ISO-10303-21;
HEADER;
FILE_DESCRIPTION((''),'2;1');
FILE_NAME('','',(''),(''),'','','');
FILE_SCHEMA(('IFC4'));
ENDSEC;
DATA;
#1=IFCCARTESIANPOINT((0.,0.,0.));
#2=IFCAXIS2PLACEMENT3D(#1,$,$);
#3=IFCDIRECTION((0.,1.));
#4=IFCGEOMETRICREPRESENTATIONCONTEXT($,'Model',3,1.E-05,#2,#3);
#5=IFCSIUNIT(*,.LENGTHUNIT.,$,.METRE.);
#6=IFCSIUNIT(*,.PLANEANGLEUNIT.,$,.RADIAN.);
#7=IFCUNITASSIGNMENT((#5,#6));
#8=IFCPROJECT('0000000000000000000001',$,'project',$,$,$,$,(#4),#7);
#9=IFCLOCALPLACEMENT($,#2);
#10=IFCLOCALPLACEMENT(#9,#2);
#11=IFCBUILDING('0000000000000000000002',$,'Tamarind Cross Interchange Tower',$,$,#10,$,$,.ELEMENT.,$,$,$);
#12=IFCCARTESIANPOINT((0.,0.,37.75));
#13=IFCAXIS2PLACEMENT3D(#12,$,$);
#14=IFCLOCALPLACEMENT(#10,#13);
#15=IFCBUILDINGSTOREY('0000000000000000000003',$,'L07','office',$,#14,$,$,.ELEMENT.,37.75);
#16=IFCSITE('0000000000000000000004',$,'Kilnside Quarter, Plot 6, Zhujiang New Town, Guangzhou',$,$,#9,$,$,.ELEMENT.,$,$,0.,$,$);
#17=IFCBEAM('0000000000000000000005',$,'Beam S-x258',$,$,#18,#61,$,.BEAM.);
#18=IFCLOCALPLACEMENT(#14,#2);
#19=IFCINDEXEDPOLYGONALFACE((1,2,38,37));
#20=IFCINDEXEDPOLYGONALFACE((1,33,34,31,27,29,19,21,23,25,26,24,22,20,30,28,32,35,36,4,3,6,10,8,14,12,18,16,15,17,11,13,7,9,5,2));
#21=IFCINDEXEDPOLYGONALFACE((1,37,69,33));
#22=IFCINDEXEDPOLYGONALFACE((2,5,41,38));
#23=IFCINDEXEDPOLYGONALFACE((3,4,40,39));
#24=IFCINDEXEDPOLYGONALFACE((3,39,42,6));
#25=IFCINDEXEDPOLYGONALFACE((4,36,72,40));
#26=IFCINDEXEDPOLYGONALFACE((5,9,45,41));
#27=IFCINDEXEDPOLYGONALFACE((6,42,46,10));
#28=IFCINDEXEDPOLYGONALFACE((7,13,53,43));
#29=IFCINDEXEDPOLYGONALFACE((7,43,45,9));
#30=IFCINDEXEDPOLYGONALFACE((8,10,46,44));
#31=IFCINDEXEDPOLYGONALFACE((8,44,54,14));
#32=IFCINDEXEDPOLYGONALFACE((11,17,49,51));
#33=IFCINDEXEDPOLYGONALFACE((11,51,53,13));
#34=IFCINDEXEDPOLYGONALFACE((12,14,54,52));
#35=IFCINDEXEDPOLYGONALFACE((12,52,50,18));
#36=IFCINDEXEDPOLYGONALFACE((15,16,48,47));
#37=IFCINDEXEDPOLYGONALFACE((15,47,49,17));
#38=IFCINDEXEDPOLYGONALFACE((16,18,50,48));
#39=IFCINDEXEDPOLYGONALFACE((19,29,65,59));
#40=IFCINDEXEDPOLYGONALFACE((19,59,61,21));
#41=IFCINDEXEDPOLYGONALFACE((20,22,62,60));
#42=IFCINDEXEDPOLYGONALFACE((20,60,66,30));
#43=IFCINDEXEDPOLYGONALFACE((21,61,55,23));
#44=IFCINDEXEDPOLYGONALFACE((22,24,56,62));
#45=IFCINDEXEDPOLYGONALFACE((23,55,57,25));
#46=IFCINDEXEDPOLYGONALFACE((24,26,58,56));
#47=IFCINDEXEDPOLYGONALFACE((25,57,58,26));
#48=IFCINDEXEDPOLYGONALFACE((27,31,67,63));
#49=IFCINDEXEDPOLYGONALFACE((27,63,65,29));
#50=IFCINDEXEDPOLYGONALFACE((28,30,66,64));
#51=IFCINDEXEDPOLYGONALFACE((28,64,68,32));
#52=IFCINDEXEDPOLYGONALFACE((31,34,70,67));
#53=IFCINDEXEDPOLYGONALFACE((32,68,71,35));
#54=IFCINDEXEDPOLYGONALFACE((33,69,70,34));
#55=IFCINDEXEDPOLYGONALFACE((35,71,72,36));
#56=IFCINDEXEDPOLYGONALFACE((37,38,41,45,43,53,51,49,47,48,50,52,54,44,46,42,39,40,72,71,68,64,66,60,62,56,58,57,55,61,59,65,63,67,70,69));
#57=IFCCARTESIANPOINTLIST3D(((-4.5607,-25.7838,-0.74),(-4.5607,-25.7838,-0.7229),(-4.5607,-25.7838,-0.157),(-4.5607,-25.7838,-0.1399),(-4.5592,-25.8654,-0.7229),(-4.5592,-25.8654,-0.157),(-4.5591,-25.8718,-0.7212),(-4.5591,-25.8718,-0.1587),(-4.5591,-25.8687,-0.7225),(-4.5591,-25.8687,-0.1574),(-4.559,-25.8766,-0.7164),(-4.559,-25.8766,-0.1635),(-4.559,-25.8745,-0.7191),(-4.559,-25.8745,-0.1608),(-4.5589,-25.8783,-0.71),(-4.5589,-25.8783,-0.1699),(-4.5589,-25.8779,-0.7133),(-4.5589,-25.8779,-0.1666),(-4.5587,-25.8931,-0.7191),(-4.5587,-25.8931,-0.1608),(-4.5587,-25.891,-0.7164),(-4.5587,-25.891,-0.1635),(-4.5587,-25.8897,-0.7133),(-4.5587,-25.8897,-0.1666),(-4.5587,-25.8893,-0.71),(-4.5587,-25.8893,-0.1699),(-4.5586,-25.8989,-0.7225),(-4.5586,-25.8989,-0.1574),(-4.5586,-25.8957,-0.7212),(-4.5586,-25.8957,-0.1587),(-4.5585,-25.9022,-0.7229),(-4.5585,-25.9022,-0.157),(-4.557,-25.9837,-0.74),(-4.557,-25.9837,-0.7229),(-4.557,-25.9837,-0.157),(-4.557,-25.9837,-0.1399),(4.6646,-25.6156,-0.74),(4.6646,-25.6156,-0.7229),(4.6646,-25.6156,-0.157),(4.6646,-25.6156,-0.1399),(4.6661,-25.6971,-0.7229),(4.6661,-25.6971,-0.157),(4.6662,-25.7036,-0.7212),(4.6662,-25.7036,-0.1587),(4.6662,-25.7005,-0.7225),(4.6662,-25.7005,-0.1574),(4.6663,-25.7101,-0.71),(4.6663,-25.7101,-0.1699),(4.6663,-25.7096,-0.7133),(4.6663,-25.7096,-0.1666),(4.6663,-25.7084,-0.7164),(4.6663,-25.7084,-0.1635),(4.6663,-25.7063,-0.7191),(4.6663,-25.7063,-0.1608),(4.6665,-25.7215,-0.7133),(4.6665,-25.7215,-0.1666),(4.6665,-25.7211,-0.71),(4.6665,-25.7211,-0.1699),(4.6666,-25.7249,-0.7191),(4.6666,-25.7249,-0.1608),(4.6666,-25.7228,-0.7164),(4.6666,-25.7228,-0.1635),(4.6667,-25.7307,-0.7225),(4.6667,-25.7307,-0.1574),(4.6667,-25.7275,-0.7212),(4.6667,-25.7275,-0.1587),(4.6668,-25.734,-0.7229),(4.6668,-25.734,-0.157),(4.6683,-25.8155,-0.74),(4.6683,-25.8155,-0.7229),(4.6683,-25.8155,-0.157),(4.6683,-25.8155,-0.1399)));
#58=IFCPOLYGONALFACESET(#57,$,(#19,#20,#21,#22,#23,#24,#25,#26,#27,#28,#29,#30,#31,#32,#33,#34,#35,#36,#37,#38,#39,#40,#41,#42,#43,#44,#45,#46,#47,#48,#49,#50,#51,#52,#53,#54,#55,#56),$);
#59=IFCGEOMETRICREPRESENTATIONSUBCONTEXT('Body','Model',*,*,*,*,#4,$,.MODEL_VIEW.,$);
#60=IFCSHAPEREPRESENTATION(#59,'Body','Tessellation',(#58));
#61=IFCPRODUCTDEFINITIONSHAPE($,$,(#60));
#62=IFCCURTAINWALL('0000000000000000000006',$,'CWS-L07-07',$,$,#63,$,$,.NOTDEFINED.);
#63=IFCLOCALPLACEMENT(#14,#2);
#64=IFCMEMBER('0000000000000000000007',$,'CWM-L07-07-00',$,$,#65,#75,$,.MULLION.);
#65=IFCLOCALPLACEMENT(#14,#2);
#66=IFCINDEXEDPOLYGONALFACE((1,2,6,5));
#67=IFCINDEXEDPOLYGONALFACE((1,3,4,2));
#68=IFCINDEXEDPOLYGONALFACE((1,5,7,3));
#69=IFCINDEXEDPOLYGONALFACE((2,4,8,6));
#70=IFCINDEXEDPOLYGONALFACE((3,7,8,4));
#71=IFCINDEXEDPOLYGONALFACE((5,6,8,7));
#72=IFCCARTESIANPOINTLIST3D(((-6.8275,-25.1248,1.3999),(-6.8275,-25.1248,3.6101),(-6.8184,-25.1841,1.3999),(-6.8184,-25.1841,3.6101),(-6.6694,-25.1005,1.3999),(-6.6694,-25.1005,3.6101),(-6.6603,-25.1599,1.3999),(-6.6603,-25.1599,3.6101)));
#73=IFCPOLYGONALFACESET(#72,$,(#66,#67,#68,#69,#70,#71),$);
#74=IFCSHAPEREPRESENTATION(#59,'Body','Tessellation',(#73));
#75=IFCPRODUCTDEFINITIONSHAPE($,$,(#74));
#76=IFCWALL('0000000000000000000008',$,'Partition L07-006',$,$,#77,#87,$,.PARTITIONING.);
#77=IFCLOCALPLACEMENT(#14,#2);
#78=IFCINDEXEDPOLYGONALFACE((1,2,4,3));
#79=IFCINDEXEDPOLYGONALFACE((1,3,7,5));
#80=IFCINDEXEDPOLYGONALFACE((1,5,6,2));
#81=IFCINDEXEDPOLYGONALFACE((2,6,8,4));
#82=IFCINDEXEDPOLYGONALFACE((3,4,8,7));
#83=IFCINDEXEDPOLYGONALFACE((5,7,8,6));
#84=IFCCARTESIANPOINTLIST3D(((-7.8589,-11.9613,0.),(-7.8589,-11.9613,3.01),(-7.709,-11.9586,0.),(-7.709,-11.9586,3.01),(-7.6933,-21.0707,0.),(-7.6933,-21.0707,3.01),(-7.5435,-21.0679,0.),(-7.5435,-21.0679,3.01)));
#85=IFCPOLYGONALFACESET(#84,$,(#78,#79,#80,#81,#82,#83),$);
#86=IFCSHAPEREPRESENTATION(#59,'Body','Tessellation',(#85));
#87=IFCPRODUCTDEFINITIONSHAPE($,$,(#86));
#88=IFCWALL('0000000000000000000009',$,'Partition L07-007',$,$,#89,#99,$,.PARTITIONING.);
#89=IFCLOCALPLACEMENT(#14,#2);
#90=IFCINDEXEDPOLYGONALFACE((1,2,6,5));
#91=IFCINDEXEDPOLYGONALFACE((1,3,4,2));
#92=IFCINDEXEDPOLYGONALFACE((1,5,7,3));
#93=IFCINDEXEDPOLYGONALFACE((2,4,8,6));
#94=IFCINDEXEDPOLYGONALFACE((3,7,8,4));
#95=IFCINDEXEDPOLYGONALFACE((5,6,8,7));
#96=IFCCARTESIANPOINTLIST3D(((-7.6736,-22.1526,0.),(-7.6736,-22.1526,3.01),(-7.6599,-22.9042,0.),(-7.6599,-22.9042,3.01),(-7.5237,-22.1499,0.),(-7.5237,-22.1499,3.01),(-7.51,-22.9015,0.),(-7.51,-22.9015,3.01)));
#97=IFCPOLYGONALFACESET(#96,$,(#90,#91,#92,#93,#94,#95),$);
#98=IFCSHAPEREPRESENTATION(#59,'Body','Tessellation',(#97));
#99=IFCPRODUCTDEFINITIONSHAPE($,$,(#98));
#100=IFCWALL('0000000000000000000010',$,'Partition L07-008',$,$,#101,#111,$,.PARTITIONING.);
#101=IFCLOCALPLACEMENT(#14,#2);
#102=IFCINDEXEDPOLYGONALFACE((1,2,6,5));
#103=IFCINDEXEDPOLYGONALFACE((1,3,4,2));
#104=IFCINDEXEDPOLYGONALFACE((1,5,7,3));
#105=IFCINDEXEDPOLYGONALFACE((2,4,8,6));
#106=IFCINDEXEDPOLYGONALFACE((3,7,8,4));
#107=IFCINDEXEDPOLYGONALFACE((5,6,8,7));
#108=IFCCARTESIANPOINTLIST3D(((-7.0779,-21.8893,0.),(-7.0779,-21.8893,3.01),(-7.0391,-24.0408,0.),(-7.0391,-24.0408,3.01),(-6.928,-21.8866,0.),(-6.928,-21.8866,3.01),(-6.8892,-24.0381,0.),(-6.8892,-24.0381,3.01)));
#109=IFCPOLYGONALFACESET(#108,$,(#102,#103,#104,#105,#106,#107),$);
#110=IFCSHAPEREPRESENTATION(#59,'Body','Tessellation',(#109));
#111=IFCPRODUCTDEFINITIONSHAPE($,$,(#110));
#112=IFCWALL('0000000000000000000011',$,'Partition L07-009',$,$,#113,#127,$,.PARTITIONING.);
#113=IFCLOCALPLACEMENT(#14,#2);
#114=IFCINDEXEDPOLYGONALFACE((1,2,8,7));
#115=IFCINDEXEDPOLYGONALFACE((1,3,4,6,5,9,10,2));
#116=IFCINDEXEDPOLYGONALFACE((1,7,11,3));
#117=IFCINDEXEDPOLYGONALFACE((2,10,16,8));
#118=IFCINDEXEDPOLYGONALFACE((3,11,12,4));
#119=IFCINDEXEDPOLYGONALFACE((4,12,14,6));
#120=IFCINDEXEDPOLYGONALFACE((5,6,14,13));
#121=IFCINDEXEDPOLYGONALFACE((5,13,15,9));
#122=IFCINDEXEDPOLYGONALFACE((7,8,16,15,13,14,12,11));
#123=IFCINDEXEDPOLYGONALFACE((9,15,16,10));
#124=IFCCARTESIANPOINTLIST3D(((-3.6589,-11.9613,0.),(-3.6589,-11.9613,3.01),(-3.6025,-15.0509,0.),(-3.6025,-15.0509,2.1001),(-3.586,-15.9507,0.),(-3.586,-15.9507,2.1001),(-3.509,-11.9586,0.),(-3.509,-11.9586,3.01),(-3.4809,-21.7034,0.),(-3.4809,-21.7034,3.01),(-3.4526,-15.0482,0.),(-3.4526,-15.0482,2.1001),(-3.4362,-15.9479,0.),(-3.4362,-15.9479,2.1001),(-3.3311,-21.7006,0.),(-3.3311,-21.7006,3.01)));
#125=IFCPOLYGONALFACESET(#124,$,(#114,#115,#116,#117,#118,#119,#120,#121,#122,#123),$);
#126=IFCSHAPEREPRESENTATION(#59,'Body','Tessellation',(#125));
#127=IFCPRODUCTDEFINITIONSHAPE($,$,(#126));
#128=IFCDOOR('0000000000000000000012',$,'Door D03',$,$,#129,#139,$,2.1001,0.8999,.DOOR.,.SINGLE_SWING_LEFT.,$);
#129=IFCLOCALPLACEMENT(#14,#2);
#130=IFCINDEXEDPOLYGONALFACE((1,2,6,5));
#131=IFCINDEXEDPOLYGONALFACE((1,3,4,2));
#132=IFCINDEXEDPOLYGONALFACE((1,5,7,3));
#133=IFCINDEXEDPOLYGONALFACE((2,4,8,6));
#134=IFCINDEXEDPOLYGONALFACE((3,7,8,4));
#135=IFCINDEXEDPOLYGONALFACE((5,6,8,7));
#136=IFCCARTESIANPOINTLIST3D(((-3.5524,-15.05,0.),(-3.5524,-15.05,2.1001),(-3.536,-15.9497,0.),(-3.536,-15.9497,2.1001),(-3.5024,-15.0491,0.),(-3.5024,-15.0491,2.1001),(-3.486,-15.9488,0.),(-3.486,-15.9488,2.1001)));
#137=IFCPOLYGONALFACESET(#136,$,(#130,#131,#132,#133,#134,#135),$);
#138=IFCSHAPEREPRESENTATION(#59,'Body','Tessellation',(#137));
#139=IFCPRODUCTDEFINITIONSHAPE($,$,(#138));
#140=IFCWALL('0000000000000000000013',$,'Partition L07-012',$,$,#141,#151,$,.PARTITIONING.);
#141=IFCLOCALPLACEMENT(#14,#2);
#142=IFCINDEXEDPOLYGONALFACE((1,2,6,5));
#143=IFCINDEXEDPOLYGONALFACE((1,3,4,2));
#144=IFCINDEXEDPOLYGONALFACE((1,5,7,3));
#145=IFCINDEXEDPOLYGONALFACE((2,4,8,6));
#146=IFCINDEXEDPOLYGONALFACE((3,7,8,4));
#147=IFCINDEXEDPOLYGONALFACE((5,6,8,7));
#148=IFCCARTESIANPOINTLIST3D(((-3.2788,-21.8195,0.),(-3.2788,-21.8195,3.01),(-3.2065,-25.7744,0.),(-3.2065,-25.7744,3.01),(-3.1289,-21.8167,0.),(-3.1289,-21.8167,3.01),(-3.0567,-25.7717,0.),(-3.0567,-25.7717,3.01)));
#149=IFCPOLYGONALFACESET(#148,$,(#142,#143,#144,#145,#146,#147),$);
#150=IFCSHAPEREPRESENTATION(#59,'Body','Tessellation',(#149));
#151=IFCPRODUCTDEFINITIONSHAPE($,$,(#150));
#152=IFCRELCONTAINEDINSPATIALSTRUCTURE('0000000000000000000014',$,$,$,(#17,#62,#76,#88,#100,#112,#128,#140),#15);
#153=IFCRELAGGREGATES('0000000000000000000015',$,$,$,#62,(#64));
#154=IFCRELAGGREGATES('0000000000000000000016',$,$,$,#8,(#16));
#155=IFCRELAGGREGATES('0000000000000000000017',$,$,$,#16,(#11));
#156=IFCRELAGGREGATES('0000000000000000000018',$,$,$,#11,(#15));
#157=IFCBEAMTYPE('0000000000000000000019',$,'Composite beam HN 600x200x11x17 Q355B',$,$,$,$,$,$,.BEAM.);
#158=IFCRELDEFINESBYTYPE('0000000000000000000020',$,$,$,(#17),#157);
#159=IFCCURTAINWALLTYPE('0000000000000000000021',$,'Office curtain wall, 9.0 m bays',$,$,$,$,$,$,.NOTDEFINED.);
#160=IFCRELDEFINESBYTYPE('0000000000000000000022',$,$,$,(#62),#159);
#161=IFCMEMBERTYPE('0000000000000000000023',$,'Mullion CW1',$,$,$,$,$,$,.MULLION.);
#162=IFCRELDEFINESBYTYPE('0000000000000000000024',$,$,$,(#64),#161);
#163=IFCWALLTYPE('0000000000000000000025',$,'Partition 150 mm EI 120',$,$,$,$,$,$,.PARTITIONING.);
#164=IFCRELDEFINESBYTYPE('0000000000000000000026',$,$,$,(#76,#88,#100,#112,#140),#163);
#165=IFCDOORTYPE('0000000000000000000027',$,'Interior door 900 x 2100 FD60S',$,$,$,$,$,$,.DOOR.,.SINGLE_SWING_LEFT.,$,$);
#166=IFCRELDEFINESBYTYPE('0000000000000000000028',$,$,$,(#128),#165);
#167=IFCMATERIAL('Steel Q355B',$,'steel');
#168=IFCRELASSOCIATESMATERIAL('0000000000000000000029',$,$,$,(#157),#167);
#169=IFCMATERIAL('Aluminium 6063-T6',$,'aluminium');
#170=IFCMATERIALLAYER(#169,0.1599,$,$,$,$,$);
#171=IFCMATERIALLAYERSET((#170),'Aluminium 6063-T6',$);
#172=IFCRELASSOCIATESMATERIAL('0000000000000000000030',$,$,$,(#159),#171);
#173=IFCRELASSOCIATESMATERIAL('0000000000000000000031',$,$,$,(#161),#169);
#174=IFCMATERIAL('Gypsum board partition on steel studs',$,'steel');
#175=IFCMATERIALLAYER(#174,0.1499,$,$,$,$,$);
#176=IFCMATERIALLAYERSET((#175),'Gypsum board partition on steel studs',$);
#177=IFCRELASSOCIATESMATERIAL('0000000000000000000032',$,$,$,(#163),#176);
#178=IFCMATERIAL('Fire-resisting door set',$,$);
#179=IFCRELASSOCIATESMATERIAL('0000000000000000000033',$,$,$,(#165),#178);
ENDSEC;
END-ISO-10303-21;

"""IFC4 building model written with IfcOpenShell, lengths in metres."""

from ifc_helpers import new_model, si_unit, direction, frame, frame_2d, origin, origin_2d, place, context, subcontext, project, spatial, rectangle, i_section, extrude, material, layer, layer_set, material_profile, profile_set, type_object, element, fill, aggregate, save


model = new_model("IFC4")

# Units and contexts
model_context = context("Model", 3, precision=1e-05, world=origin(), true_north=direction((0.0, 1.0)))
body_context = subcontext(model_context, "Body", "Model", "MODEL_VIEW")
ifc_project = project(units=[si_unit("LENGTHUNIT", "METRE"), si_unit("PLANEANGLEUNIT", "RADIAN")], contexts=[model_context])

# Site, building, storey
site_placement = place(None, origin())
site = spatial("IfcSite", under=ifc_project, at=site_placement, Name="Kilnside Quarter, Plot 6, Zhujiang New Town, Guangzhou", CompositionType="ELEMENT", RefElevation=0.0)
building_placement = place(site_placement, origin())
building = spatial("IfcBuilding", under=site, at=building_placement, Name="Tamarind Cross Interchange Tower", CompositionType="ELEMENT")
storey_placement = place(building_placement, frame((0.0, 0.0, 37.75)))
storey = spatial("IfcBuildingStorey", under=building, at=storey_placement, Name="L07", Description="office", CompositionType="ELEMENT", Elevation=37.75)

# Beam
ifc_material_1 = material(Name="Steel Q355B", Category="steel")
ifc_material_profile_1 = material_profile(ifc_material_1, i_section(OverallWidth=0.2, OverallDepth=0.6001, WebThickness=0.011, FlangeThickness=0.0171, FilletRadius=0.0129, at=origin_2d()), Name="HN 600x200x11x17")
ifc_profile_set_1 = profile_set([ifc_material_profile_1], Name="Steel Q355B")
beam_type_1 = type_object("IfcBeamType", Name="Composite beam HN 600x200x11x17 Q355B", PredefinedType="BEAM", material=ifc_profile_set_1)
beam_1_placement = place(storey_placement, frame((-4.5588, -25.8838, -0.4399), z_axis=(0.999834, 0.018231, 0.0), x_axis=(-0.018231, 0.999834, 0.0)))
element("IfcBeam", 1, at=beam_1_placement, inside=storey, type_object=beam_type_1, Name="Beam S-x258", PredefinedType="BEAM", context=body_context, shape_type="SweptSolid", body=[
    extrude(i_section(OverallWidth=0.2, OverallDepth=0.6001, WebThickness=0.011, FlangeThickness=0.0171, FilletRadius=0.0129, at=origin_2d()), origin(), (0.0, 0.0, 1.0), 9.2268),
])

# Curtain wall, member
ifc_material_2 = material(Name="Aluminium 6063-T6", Category="aluminium")
ifc_layer_1 = layer(ifc_material_2, 0.1599)
ifc_layer_set_1 = layer_set([ifc_layer_1], Name="Aluminium 6063-T6")
curtain_wall_type = type_object("IfcCurtainWallType", Name="Office curtain wall, 9.0 m bays", PredefinedType="NOTDEFINED", material=ifc_layer_set_1)
curtain_wall_placement = place(storey_placement, origin())
curtain_wall = element("IfcCurtainWall", 2, at=curtain_wall_placement, inside=storey, type_object=curtain_wall_type, Name="CWS-L07-07", PredefinedType="NOTDEFINED")
ifc_material_profile_2 = material_profile(ifc_material_2, rectangle(XDim=0.0601, YDim=0.1599, at=origin_2d()), Name="Mullion CW1")
ifc_profile_set_2 = profile_set([ifc_material_profile_2], Name="Aluminium 6063-T6")
member_type = type_object("IfcMemberType", Name="Mullion CW1", PredefinedType="MULLION", material=ifc_profile_set_2)
member_placement = place(storey_placement, frame((-6.7439, -25.1423, 1.3999), z_axis=(0.0, 0.0, 1.0), x_axis=(0.151689, -0.988428, 0.0)))
member = element("IfcMember", 3, at=member_placement, type_object=member_type, Name="CWM-L07-07-00", PredefinedType="MULLION", context=body_context, shape_type="SweptSolid", body=[
    extrude(rectangle(XDim=0.0601, YDim=0.1599, at=origin_2d()), origin(), (0.0, 0.0, 1.0), 2.2102),
])
aggregate(curtain_wall, [member])

# Walls
ifc_material_3 = material(Name="Gypsum board partition on steel studs", Category="steel")
ifc_layer_2 = layer(ifc_material_3, 0.1499)
ifc_layer_set_2 = layer_set([ifc_layer_2], Name="Gypsum board partition on steel studs")
wall_type_1 = type_object("IfcWallType", Name="Partition 150 mm EI 120", PredefinedType="PARTITIONING", material=ifc_layer_set_2)
wall_1_placement = place(storey_placement, frame((-7.7839, -11.96, 0.0), z_axis=(0.0, 0.0, 1.0), x_axis=(0.018168, -0.999835, 0.0)))
element("IfcWall", 4, at=wall_1_placement, inside=storey, type_object=wall_type_1, Name="Partition L07-006", PredefinedType="PARTITIONING", context=body_context, shape_type="SweptSolid", body=[
    extrude(rectangle(XDim=9.1108, YDim=0.1499, at=frame_2d((4.5554, 0.0))), origin(), (0.0, 0.0, 1.0), 3.01),
])
wall_2_placement = place(storey_placement, frame((-7.5986, -22.1511, 0.0), z_axis=(0.0, 0.0, 1.0), x_axis=(0.018191, -0.999835, 0.0)))
element("IfcWall", 5, at=wall_2_placement, inside=storey, type_object=wall_type_1, Name="Partition L07-007", PredefinedType="PARTITIONING", context=body_context, shape_type="SweptSolid", body=[
    extrude(rectangle(XDim=0.7517, YDim=0.1499, at=frame_2d((0.376, 0.0))), origin(), (0.0, 0.0, 1.0), 3.01),
])
wall_3_placement = place(storey_placement, frame((-7.0029, -21.8879, 0.0), z_axis=(0.0, 0.0, 1.0), x_axis=(0.018039, -0.999837, 0.0)))
element("IfcWall", 6, at=wall_3_placement, inside=storey, type_object=wall_type_1, Name="Partition L07-008", PredefinedType="PARTITIONING", context=body_context, shape_type="SweptSolid", body=[
    extrude(rectangle(XDim=2.1519, YDim=0.1499, at=frame_2d((1.0759, 0.0))), origin(), (0.0, 0.0, 1.0), 3.01),
])

# Wall, opening, door
wall_4_placement = place(storey_placement, frame((-3.584, -11.96, 0.0), z_axis=(0.0, 0.0, 1.0), x_axis=(0.018266, -0.999833, 0.0)))
wall_4 = element("IfcWall", 7, at=wall_4_placement, inside=storey, type_object=wall_type_1, Name="Partition L07-009", PredefinedType="PARTITIONING", context=body_context, shape_type="SweptSolid", body=[
    extrude(rectangle(XDim=9.7437, YDim=0.1499, at=frame_2d((4.8718, 0.0))), origin(), (0.0, 0.0, 1.0), 3.01),
])
opening_1_placement = place(wall_4_placement, frame((3.0901, 0.0, 0.0)))
opening_1 = element("IfcOpeningElement", 8, at=opening_1_placement, cuts=wall_4, PredefinedType="OPENING", context=body_context, shape_type="SweptSolid", body=[
    extrude(rectangle(XDim=0.8999, YDim=2.1001, at=frame_2d((0.45, 1.05))), frame((0.0, 0.085, 0.0), z_axis=(0.0, -1.0, 0.0), x_axis=(1.0, 0.0, 0.0)), (0.0, 0.0, 1.0), 0.1699),
])
ifc_material_4 = material(Name="Fire-resisting door set")
door_type_1 = type_object("IfcDoorType", Name="Interior door 900 x 2100 FD60S", OperationType="SINGLE_SWING_LEFT", PredefinedType="DOOR", material=ifc_material_4)
door_1_placement = place(opening_1_placement, frame((0.8999, 0.0, 0.0), z_axis=(0.0, 0.0, 1.0), x_axis=(-1.0, 0.0, 0.0)))
door_1 = element("IfcDoor", 9, at=door_1_placement, inside=storey, type_object=door_type_1, Name="Door D03", OperationType="SINGLE_SWING_LEFT", OverallHeight=2.1001, OverallWidth=0.8999, PredefinedType="DOOR", context=body_context, shape_type="SweptSolid", body=[
    extrude(rectangle(XDim=0.8999, YDim=2.1001, at=frame_2d((0.45, 1.05))), frame((0.0, 0.0249, 0.0), z_axis=(0.0, -1.0, 0.0), x_axis=(1.0, 0.0, 0.0)), (0.0, 0.0, 1.0), 0.05),
])
fill(opening_1, door_1)

# Wall
wall_5_placement = place(storey_placement, frame((-3.2039, -21.8181, 0.0), z_axis=(0.0, 0.0, 1.0), x_axis=(0.01827, -0.999833, 0.0)))
element("IfcWall", 10, at=wall_5_placement, inside=storey, type_object=wall_type_1, Name="Partition L07-012", PredefinedType="PARTITIONING", context=body_context, shape_type="SweptSolid", body=[
    extrude(rectangle(XDim=3.9556, YDim=0.1499, at=frame_2d((1.9778, 0.0))), origin(), (0.0, 0.0, 1.0), 3.01),
])

save(model, "model.ifc")
